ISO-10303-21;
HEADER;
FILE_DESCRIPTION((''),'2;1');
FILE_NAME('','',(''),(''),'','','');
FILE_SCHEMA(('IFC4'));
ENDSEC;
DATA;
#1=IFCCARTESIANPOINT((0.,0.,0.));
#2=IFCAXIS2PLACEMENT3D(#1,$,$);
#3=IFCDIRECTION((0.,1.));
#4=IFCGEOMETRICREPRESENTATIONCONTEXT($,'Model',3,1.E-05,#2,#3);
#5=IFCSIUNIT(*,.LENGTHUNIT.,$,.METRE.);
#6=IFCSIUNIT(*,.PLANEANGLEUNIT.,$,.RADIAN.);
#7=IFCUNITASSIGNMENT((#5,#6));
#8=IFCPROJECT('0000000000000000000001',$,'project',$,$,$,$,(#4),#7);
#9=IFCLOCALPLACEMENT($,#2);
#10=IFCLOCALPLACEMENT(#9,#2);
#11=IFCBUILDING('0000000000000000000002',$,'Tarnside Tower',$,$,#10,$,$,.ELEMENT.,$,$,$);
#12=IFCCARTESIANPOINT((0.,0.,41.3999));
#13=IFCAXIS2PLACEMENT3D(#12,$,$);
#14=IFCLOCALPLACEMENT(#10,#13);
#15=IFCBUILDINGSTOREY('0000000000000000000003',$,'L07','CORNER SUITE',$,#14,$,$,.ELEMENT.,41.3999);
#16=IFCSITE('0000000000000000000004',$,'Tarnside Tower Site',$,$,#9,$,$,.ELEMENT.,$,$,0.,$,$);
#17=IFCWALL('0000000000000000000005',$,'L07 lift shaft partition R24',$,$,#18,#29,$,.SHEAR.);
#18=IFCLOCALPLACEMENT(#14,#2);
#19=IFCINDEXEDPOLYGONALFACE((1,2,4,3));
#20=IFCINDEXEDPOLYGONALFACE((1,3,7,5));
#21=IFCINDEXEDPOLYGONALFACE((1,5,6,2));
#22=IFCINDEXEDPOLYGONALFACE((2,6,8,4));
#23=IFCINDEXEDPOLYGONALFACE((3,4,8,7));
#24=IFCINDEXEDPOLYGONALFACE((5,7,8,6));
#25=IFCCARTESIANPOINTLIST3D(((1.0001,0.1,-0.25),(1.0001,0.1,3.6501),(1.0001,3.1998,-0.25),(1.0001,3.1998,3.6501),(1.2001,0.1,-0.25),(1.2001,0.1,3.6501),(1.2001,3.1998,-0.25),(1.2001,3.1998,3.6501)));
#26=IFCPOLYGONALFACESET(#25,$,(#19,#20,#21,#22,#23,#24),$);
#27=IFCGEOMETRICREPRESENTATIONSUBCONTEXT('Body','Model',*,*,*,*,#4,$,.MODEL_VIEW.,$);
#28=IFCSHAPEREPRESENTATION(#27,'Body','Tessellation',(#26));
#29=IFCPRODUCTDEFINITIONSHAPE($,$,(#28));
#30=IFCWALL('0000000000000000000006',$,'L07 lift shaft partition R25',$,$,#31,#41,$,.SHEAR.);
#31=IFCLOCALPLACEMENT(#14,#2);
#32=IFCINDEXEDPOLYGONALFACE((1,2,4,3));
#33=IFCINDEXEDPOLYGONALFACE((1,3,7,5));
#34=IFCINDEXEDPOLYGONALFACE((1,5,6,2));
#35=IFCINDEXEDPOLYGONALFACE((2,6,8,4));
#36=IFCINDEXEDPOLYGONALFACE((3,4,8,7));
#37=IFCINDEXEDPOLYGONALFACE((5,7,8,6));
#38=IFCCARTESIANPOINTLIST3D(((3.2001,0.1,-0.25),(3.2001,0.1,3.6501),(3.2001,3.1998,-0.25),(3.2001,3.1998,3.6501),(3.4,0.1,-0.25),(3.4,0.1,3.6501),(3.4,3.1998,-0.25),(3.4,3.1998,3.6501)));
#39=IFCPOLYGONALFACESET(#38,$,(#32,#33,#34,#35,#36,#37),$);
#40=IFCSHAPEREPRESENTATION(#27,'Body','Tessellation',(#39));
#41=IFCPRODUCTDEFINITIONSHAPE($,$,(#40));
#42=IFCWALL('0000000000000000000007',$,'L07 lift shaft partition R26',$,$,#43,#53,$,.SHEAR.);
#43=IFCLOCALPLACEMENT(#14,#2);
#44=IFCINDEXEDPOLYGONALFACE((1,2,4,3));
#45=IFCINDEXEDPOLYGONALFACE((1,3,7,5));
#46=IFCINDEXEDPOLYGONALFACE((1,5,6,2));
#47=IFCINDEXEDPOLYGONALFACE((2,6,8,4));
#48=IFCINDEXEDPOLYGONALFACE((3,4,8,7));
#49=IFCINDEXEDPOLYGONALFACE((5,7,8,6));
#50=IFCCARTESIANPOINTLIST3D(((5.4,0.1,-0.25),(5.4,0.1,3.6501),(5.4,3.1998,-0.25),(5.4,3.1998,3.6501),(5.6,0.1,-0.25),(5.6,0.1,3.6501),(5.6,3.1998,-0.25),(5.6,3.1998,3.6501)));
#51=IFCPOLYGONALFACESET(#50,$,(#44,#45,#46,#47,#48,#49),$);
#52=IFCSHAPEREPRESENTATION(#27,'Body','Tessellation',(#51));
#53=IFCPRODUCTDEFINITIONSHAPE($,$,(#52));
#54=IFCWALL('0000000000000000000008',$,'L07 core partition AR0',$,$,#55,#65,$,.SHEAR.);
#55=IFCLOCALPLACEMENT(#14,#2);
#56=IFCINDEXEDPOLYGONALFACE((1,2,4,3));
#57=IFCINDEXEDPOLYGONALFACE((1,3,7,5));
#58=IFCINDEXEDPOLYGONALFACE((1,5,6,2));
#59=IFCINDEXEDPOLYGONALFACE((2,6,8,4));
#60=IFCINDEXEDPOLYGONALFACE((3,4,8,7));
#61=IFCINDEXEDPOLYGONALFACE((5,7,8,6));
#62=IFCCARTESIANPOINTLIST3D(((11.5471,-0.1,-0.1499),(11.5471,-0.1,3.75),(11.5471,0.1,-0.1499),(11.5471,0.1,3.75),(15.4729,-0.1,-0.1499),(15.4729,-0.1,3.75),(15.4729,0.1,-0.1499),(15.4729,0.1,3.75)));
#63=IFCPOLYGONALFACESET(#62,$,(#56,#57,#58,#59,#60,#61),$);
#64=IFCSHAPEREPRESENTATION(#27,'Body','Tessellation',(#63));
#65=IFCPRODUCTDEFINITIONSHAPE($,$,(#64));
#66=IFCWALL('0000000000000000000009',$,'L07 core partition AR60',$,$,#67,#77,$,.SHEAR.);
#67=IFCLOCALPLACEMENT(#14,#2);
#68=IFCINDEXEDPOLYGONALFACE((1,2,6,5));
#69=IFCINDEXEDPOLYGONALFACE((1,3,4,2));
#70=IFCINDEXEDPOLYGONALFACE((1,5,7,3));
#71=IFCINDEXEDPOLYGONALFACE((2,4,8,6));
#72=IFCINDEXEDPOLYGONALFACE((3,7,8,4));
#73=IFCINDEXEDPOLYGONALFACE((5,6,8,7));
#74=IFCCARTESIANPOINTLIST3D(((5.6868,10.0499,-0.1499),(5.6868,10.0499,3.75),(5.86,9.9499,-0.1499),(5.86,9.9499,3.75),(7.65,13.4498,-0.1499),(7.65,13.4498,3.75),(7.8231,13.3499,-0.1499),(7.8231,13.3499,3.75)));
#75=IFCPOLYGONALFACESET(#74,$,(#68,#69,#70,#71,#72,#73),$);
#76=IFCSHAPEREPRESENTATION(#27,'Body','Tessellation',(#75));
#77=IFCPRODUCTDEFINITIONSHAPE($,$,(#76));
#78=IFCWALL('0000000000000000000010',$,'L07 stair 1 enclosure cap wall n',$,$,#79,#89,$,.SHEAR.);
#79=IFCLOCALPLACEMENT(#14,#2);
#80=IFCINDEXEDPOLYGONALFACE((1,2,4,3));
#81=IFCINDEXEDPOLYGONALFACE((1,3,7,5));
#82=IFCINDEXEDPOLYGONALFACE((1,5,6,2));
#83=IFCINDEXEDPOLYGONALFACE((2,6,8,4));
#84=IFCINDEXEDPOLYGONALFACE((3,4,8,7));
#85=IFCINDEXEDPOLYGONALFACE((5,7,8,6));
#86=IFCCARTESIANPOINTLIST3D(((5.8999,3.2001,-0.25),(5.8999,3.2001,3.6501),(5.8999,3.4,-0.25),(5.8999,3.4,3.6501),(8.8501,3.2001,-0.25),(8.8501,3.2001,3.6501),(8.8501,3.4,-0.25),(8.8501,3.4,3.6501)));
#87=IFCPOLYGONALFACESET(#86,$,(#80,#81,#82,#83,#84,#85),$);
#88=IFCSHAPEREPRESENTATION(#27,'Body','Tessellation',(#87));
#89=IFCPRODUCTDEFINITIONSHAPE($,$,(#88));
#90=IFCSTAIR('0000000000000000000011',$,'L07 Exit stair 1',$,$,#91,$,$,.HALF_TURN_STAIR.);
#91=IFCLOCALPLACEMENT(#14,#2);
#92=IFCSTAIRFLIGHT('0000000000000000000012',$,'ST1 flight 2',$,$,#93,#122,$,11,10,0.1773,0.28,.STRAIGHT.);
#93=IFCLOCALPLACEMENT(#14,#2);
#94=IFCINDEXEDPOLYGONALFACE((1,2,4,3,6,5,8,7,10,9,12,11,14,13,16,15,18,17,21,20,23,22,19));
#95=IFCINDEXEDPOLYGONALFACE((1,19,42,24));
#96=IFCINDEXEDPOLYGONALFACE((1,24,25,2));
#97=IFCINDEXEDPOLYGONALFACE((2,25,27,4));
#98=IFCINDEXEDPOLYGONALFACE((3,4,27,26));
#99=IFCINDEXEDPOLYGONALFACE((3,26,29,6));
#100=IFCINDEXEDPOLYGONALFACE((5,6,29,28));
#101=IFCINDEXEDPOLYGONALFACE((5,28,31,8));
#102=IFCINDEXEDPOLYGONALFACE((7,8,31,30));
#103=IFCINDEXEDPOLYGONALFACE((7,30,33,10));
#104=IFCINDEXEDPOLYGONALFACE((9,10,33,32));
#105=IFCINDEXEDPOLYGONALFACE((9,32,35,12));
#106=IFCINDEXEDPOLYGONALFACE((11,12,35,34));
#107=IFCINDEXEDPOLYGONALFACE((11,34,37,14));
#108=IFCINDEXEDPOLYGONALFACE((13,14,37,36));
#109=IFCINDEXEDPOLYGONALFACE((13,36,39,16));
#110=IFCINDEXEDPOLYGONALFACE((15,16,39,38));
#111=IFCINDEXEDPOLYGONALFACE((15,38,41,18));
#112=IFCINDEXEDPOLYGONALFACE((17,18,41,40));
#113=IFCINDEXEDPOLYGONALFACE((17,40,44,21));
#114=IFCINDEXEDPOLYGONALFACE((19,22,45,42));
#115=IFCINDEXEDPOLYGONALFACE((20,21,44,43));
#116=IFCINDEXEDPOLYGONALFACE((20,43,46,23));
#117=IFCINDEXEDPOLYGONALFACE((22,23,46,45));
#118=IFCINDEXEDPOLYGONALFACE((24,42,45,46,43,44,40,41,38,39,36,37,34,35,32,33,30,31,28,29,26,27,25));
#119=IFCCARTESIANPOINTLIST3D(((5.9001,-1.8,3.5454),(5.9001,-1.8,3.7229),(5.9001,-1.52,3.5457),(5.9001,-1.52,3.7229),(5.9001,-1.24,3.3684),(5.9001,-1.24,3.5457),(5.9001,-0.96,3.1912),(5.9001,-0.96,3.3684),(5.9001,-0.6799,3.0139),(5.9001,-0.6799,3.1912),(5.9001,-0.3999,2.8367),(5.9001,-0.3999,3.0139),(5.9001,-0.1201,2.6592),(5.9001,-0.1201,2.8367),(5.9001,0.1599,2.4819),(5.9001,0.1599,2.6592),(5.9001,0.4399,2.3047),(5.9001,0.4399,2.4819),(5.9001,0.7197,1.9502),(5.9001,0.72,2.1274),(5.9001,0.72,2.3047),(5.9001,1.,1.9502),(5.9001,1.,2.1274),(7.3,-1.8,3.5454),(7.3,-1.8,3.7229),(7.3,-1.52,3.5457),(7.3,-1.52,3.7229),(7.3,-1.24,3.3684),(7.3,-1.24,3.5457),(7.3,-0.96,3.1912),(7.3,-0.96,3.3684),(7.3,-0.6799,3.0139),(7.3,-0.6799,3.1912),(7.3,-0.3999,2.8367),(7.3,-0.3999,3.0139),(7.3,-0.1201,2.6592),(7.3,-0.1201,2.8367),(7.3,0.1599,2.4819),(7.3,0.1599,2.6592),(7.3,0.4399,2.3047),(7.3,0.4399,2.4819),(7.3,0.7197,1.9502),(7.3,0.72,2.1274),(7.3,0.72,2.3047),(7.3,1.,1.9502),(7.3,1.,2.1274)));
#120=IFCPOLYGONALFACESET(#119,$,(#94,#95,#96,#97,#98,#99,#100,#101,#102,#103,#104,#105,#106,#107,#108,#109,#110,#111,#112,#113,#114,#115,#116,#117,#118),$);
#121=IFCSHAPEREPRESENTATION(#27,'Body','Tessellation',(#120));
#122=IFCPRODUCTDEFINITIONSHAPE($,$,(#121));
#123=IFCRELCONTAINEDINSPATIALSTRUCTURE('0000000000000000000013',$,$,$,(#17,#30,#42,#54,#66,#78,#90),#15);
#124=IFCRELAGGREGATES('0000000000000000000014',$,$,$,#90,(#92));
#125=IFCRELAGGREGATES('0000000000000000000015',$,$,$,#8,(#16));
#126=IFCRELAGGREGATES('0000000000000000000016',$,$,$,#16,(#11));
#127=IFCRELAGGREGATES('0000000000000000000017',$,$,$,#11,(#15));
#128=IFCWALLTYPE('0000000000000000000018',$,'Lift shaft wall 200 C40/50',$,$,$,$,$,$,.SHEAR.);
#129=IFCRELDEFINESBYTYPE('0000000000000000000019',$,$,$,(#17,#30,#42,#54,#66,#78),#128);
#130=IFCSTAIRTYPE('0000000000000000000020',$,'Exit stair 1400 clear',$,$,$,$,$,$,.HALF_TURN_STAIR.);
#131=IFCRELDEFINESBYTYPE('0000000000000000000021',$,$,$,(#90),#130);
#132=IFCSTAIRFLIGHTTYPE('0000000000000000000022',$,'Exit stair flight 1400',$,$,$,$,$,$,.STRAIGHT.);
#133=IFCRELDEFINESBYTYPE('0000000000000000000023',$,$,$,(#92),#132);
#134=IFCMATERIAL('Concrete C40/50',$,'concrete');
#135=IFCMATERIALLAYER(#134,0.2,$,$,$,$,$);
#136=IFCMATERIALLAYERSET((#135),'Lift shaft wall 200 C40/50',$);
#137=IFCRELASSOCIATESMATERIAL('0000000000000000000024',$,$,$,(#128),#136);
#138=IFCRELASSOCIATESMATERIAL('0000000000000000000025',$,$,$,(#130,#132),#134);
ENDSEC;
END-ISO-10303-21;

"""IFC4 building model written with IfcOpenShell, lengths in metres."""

from ifc_helpers import new_model, si_unit, direction, frame, frame_2d, origin, place, context, subcontext, project, spatial, polyline, rectangle, outline, extrude, material, layer, layer_set, type_object, element, aggregate, save


model = new_model("IFC4")

# Units and contexts
model_context = context("Model", 3, precision=1e-05, world=origin(), true_north=direction((0.0, 1.0)))
body_context = subcontext(model_context, "Body", "Model", "MODEL_VIEW")
ifc_project = project(units=[si_unit("LENGTHUNIT", "METRE"), si_unit("PLANEANGLEUNIT", "RADIAN")], contexts=[model_context])

# Site, building, storey
site_placement = place(None, origin())
site = spatial("IfcSite", under=ifc_project, at=site_placement, Name="Tarnside Tower Site", CompositionType="ELEMENT", RefElevation=0.0)
building_placement = place(site_placement, origin())
building = spatial("IfcBuilding", under=site, at=building_placement, Name="Tarnside Tower", CompositionType="ELEMENT")
storey_placement = place(building_placement, frame((0.0, 0.0, 41.3999)))
storey = spatial("IfcBuildingStorey", under=building, at=storey_placement, Name="L07", Description="CORNER SUITE", CompositionType="ELEMENT", Elevation=41.3999)

# Walls
ifc_material_1 = material(Name="Concrete C40/50", Category="concrete")
ifc_layer_1 = layer(ifc_material_1, 0.2)
ifc_layer_set_1 = layer_set([ifc_layer_1], Name="Lift shaft wall 200 C40/50")
wall_type_1 = type_object("IfcWallType", Name="Lift shaft wall 200 C40/50", PredefinedType="SHEAR", material=ifc_layer_set_1)
for number, where, z_axis, x_axis, name in (
    (1, (1.1001, 0.1001, -0.25), (0.0, 0.0, 1.0), (0.0, 1.0, 0.0), "L07 lift shaft partition R24"),
    (2, (3.3, 0.1001, -0.25), (0.0, 0.0, 1.0), (0.0, 1.0, 0.0), "L07 lift shaft partition R25"),
    (3, (5.5, 0.1001, -0.25), (0.0, 0.0, 1.0), (0.0, 1.0, 0.0), "L07 lift shaft partition R26"),
):
    element("IfcWall", number, at=place(storey_placement, frame(where, z_axis=z_axis, x_axis=x_axis)), inside=storey, type_object=wall_type_1, Name=name, PredefinedType="SHEAR", context=body_context, shape_type="SweptSolid", body=[
        extrude(rectangle(XDim=3.0999, YDim=0.2, at=frame_2d((1.5498, 0.0))), origin(), (0.0, 0.0, 1.0), 3.9001),
    ])
wall_1_placement = place(storey_placement, frame((11.5471, 0.0, -0.1499), z_axis=(0.0, 0.0, 1.0), x_axis=(1.0, 0.0, 0.0)))
element("IfcWall", 4, at=wall_1_placement, inside=storey, type_object=wall_type_1, Name="L07 core partition AR0", PredefinedType="SHEAR", context=body_context, shape_type="SweptSolid", body=[
    extrude(rectangle(XDim=3.9258, YDim=0.2, at=frame_2d((1.9629, 0.0))), origin(), (0.0, 0.0, 1.0), 3.8999),
])
wall_2_placement = place(storey_placement, frame((5.7734, 10.0, -0.1499), z_axis=(0.0, 0.0, 1.0), x_axis=(0.500038, 0.866003, 0.0)))
element("IfcWall", 5, at=wall_2_placement, inside=storey, type_object=wall_type_1, Name="L07 core partition AR60", PredefinedType="SHEAR", context=body_context, shape_type="SweptSolid", body=[
    extrude(rectangle(XDim=3.926, YDim=0.2, at=frame_2d((1.9629, 0.0))), origin(), (0.0, 0.0, 1.0), 3.8999),
])
wall_3_placement = place(storey_placement, frame((5.8999, 3.3, -0.25), z_axis=(0.0, 0.0, 1.0), x_axis=(1.0, 0.0, 0.0)))
element("IfcWall", 6, at=wall_3_placement, inside=storey, type_object=wall_type_1, Name="L07 stair 1 enclosure cap wall n", PredefinedType="SHEAR", context=body_context, shape_type="SweptSolid", body=[
    extrude(rectangle(XDim=2.9502, YDim=0.2, at=frame_2d((1.4751, 0.0))), origin(), (0.0, 0.0, 1.0), 3.9001),
])

# Stair, stair flight
stair_type = type_object("IfcStairType", Name="Exit stair 1400 clear", PredefinedType="HALF_TURN_STAIR", material=ifc_material_1)
stair_placement = place(storey_placement, origin())
stair = element("IfcStair", 7, at=stair_placement, inside=storey, type_object=stair_type, Name="L07 Exit stair 1", PredefinedType="HALF_TURN_STAIR")
stair_flight_type = type_object("IfcStairFlightType", Name="Exit stair flight 1400", PredefinedType="STRAIGHT", material=ifc_material_1)
stair_flight_placement = place(storey_placement, frame((6.6001, 1.0, 1.9502), z_axis=(0.0, 0.0, 1.0), x_axis=(0.0, -1.0, 0.0)))
stair_flight = element("IfcStairFlight", 8, at=stair_flight_placement, type_object=stair_flight_type, Name="ST1 flight 2", NumberOfRisers=11, NumberOfTreads=10, PredefinedType="STRAIGHT", RiserHeight=0.1773, TreadLength=0.28, context=body_context, shape_type="SweptSolid", body=[
    extrude(outline(polyline([(0.0, 0.0), (0.0, 0.1772), (0.28, 0.1772), (0.28, 0.3545), (0.5601, 0.3545), (0.5601, 0.5317), (0.8401, 0.5317), (0.8401, 0.709), (1.1201, 0.709), (1.1201, 0.8865), (1.3999, 0.8865), (1.3999, 1.0637), (1.6799, 1.0637), (1.6799, 1.241), (1.96, 1.241), (1.96, 1.4182), (2.24, 1.4182), (2.24, 1.5955), (2.52, 1.5955), (2.52, 1.7727), (2.8, 1.7727), (2.8, 1.95), (2.8, 1.5952), (0.2803, 0.0), (0.0, 0.0)])), frame((0.0, 0.7, 0.0), z_axis=(0.0, -1.0, 0.0), x_axis=(1.0, 0.0, 0.0)), (0.0, 0.0, 1.0), 1.3999),
])
aggregate(stair, [stair_flight])

save(model, "model.ifc")
